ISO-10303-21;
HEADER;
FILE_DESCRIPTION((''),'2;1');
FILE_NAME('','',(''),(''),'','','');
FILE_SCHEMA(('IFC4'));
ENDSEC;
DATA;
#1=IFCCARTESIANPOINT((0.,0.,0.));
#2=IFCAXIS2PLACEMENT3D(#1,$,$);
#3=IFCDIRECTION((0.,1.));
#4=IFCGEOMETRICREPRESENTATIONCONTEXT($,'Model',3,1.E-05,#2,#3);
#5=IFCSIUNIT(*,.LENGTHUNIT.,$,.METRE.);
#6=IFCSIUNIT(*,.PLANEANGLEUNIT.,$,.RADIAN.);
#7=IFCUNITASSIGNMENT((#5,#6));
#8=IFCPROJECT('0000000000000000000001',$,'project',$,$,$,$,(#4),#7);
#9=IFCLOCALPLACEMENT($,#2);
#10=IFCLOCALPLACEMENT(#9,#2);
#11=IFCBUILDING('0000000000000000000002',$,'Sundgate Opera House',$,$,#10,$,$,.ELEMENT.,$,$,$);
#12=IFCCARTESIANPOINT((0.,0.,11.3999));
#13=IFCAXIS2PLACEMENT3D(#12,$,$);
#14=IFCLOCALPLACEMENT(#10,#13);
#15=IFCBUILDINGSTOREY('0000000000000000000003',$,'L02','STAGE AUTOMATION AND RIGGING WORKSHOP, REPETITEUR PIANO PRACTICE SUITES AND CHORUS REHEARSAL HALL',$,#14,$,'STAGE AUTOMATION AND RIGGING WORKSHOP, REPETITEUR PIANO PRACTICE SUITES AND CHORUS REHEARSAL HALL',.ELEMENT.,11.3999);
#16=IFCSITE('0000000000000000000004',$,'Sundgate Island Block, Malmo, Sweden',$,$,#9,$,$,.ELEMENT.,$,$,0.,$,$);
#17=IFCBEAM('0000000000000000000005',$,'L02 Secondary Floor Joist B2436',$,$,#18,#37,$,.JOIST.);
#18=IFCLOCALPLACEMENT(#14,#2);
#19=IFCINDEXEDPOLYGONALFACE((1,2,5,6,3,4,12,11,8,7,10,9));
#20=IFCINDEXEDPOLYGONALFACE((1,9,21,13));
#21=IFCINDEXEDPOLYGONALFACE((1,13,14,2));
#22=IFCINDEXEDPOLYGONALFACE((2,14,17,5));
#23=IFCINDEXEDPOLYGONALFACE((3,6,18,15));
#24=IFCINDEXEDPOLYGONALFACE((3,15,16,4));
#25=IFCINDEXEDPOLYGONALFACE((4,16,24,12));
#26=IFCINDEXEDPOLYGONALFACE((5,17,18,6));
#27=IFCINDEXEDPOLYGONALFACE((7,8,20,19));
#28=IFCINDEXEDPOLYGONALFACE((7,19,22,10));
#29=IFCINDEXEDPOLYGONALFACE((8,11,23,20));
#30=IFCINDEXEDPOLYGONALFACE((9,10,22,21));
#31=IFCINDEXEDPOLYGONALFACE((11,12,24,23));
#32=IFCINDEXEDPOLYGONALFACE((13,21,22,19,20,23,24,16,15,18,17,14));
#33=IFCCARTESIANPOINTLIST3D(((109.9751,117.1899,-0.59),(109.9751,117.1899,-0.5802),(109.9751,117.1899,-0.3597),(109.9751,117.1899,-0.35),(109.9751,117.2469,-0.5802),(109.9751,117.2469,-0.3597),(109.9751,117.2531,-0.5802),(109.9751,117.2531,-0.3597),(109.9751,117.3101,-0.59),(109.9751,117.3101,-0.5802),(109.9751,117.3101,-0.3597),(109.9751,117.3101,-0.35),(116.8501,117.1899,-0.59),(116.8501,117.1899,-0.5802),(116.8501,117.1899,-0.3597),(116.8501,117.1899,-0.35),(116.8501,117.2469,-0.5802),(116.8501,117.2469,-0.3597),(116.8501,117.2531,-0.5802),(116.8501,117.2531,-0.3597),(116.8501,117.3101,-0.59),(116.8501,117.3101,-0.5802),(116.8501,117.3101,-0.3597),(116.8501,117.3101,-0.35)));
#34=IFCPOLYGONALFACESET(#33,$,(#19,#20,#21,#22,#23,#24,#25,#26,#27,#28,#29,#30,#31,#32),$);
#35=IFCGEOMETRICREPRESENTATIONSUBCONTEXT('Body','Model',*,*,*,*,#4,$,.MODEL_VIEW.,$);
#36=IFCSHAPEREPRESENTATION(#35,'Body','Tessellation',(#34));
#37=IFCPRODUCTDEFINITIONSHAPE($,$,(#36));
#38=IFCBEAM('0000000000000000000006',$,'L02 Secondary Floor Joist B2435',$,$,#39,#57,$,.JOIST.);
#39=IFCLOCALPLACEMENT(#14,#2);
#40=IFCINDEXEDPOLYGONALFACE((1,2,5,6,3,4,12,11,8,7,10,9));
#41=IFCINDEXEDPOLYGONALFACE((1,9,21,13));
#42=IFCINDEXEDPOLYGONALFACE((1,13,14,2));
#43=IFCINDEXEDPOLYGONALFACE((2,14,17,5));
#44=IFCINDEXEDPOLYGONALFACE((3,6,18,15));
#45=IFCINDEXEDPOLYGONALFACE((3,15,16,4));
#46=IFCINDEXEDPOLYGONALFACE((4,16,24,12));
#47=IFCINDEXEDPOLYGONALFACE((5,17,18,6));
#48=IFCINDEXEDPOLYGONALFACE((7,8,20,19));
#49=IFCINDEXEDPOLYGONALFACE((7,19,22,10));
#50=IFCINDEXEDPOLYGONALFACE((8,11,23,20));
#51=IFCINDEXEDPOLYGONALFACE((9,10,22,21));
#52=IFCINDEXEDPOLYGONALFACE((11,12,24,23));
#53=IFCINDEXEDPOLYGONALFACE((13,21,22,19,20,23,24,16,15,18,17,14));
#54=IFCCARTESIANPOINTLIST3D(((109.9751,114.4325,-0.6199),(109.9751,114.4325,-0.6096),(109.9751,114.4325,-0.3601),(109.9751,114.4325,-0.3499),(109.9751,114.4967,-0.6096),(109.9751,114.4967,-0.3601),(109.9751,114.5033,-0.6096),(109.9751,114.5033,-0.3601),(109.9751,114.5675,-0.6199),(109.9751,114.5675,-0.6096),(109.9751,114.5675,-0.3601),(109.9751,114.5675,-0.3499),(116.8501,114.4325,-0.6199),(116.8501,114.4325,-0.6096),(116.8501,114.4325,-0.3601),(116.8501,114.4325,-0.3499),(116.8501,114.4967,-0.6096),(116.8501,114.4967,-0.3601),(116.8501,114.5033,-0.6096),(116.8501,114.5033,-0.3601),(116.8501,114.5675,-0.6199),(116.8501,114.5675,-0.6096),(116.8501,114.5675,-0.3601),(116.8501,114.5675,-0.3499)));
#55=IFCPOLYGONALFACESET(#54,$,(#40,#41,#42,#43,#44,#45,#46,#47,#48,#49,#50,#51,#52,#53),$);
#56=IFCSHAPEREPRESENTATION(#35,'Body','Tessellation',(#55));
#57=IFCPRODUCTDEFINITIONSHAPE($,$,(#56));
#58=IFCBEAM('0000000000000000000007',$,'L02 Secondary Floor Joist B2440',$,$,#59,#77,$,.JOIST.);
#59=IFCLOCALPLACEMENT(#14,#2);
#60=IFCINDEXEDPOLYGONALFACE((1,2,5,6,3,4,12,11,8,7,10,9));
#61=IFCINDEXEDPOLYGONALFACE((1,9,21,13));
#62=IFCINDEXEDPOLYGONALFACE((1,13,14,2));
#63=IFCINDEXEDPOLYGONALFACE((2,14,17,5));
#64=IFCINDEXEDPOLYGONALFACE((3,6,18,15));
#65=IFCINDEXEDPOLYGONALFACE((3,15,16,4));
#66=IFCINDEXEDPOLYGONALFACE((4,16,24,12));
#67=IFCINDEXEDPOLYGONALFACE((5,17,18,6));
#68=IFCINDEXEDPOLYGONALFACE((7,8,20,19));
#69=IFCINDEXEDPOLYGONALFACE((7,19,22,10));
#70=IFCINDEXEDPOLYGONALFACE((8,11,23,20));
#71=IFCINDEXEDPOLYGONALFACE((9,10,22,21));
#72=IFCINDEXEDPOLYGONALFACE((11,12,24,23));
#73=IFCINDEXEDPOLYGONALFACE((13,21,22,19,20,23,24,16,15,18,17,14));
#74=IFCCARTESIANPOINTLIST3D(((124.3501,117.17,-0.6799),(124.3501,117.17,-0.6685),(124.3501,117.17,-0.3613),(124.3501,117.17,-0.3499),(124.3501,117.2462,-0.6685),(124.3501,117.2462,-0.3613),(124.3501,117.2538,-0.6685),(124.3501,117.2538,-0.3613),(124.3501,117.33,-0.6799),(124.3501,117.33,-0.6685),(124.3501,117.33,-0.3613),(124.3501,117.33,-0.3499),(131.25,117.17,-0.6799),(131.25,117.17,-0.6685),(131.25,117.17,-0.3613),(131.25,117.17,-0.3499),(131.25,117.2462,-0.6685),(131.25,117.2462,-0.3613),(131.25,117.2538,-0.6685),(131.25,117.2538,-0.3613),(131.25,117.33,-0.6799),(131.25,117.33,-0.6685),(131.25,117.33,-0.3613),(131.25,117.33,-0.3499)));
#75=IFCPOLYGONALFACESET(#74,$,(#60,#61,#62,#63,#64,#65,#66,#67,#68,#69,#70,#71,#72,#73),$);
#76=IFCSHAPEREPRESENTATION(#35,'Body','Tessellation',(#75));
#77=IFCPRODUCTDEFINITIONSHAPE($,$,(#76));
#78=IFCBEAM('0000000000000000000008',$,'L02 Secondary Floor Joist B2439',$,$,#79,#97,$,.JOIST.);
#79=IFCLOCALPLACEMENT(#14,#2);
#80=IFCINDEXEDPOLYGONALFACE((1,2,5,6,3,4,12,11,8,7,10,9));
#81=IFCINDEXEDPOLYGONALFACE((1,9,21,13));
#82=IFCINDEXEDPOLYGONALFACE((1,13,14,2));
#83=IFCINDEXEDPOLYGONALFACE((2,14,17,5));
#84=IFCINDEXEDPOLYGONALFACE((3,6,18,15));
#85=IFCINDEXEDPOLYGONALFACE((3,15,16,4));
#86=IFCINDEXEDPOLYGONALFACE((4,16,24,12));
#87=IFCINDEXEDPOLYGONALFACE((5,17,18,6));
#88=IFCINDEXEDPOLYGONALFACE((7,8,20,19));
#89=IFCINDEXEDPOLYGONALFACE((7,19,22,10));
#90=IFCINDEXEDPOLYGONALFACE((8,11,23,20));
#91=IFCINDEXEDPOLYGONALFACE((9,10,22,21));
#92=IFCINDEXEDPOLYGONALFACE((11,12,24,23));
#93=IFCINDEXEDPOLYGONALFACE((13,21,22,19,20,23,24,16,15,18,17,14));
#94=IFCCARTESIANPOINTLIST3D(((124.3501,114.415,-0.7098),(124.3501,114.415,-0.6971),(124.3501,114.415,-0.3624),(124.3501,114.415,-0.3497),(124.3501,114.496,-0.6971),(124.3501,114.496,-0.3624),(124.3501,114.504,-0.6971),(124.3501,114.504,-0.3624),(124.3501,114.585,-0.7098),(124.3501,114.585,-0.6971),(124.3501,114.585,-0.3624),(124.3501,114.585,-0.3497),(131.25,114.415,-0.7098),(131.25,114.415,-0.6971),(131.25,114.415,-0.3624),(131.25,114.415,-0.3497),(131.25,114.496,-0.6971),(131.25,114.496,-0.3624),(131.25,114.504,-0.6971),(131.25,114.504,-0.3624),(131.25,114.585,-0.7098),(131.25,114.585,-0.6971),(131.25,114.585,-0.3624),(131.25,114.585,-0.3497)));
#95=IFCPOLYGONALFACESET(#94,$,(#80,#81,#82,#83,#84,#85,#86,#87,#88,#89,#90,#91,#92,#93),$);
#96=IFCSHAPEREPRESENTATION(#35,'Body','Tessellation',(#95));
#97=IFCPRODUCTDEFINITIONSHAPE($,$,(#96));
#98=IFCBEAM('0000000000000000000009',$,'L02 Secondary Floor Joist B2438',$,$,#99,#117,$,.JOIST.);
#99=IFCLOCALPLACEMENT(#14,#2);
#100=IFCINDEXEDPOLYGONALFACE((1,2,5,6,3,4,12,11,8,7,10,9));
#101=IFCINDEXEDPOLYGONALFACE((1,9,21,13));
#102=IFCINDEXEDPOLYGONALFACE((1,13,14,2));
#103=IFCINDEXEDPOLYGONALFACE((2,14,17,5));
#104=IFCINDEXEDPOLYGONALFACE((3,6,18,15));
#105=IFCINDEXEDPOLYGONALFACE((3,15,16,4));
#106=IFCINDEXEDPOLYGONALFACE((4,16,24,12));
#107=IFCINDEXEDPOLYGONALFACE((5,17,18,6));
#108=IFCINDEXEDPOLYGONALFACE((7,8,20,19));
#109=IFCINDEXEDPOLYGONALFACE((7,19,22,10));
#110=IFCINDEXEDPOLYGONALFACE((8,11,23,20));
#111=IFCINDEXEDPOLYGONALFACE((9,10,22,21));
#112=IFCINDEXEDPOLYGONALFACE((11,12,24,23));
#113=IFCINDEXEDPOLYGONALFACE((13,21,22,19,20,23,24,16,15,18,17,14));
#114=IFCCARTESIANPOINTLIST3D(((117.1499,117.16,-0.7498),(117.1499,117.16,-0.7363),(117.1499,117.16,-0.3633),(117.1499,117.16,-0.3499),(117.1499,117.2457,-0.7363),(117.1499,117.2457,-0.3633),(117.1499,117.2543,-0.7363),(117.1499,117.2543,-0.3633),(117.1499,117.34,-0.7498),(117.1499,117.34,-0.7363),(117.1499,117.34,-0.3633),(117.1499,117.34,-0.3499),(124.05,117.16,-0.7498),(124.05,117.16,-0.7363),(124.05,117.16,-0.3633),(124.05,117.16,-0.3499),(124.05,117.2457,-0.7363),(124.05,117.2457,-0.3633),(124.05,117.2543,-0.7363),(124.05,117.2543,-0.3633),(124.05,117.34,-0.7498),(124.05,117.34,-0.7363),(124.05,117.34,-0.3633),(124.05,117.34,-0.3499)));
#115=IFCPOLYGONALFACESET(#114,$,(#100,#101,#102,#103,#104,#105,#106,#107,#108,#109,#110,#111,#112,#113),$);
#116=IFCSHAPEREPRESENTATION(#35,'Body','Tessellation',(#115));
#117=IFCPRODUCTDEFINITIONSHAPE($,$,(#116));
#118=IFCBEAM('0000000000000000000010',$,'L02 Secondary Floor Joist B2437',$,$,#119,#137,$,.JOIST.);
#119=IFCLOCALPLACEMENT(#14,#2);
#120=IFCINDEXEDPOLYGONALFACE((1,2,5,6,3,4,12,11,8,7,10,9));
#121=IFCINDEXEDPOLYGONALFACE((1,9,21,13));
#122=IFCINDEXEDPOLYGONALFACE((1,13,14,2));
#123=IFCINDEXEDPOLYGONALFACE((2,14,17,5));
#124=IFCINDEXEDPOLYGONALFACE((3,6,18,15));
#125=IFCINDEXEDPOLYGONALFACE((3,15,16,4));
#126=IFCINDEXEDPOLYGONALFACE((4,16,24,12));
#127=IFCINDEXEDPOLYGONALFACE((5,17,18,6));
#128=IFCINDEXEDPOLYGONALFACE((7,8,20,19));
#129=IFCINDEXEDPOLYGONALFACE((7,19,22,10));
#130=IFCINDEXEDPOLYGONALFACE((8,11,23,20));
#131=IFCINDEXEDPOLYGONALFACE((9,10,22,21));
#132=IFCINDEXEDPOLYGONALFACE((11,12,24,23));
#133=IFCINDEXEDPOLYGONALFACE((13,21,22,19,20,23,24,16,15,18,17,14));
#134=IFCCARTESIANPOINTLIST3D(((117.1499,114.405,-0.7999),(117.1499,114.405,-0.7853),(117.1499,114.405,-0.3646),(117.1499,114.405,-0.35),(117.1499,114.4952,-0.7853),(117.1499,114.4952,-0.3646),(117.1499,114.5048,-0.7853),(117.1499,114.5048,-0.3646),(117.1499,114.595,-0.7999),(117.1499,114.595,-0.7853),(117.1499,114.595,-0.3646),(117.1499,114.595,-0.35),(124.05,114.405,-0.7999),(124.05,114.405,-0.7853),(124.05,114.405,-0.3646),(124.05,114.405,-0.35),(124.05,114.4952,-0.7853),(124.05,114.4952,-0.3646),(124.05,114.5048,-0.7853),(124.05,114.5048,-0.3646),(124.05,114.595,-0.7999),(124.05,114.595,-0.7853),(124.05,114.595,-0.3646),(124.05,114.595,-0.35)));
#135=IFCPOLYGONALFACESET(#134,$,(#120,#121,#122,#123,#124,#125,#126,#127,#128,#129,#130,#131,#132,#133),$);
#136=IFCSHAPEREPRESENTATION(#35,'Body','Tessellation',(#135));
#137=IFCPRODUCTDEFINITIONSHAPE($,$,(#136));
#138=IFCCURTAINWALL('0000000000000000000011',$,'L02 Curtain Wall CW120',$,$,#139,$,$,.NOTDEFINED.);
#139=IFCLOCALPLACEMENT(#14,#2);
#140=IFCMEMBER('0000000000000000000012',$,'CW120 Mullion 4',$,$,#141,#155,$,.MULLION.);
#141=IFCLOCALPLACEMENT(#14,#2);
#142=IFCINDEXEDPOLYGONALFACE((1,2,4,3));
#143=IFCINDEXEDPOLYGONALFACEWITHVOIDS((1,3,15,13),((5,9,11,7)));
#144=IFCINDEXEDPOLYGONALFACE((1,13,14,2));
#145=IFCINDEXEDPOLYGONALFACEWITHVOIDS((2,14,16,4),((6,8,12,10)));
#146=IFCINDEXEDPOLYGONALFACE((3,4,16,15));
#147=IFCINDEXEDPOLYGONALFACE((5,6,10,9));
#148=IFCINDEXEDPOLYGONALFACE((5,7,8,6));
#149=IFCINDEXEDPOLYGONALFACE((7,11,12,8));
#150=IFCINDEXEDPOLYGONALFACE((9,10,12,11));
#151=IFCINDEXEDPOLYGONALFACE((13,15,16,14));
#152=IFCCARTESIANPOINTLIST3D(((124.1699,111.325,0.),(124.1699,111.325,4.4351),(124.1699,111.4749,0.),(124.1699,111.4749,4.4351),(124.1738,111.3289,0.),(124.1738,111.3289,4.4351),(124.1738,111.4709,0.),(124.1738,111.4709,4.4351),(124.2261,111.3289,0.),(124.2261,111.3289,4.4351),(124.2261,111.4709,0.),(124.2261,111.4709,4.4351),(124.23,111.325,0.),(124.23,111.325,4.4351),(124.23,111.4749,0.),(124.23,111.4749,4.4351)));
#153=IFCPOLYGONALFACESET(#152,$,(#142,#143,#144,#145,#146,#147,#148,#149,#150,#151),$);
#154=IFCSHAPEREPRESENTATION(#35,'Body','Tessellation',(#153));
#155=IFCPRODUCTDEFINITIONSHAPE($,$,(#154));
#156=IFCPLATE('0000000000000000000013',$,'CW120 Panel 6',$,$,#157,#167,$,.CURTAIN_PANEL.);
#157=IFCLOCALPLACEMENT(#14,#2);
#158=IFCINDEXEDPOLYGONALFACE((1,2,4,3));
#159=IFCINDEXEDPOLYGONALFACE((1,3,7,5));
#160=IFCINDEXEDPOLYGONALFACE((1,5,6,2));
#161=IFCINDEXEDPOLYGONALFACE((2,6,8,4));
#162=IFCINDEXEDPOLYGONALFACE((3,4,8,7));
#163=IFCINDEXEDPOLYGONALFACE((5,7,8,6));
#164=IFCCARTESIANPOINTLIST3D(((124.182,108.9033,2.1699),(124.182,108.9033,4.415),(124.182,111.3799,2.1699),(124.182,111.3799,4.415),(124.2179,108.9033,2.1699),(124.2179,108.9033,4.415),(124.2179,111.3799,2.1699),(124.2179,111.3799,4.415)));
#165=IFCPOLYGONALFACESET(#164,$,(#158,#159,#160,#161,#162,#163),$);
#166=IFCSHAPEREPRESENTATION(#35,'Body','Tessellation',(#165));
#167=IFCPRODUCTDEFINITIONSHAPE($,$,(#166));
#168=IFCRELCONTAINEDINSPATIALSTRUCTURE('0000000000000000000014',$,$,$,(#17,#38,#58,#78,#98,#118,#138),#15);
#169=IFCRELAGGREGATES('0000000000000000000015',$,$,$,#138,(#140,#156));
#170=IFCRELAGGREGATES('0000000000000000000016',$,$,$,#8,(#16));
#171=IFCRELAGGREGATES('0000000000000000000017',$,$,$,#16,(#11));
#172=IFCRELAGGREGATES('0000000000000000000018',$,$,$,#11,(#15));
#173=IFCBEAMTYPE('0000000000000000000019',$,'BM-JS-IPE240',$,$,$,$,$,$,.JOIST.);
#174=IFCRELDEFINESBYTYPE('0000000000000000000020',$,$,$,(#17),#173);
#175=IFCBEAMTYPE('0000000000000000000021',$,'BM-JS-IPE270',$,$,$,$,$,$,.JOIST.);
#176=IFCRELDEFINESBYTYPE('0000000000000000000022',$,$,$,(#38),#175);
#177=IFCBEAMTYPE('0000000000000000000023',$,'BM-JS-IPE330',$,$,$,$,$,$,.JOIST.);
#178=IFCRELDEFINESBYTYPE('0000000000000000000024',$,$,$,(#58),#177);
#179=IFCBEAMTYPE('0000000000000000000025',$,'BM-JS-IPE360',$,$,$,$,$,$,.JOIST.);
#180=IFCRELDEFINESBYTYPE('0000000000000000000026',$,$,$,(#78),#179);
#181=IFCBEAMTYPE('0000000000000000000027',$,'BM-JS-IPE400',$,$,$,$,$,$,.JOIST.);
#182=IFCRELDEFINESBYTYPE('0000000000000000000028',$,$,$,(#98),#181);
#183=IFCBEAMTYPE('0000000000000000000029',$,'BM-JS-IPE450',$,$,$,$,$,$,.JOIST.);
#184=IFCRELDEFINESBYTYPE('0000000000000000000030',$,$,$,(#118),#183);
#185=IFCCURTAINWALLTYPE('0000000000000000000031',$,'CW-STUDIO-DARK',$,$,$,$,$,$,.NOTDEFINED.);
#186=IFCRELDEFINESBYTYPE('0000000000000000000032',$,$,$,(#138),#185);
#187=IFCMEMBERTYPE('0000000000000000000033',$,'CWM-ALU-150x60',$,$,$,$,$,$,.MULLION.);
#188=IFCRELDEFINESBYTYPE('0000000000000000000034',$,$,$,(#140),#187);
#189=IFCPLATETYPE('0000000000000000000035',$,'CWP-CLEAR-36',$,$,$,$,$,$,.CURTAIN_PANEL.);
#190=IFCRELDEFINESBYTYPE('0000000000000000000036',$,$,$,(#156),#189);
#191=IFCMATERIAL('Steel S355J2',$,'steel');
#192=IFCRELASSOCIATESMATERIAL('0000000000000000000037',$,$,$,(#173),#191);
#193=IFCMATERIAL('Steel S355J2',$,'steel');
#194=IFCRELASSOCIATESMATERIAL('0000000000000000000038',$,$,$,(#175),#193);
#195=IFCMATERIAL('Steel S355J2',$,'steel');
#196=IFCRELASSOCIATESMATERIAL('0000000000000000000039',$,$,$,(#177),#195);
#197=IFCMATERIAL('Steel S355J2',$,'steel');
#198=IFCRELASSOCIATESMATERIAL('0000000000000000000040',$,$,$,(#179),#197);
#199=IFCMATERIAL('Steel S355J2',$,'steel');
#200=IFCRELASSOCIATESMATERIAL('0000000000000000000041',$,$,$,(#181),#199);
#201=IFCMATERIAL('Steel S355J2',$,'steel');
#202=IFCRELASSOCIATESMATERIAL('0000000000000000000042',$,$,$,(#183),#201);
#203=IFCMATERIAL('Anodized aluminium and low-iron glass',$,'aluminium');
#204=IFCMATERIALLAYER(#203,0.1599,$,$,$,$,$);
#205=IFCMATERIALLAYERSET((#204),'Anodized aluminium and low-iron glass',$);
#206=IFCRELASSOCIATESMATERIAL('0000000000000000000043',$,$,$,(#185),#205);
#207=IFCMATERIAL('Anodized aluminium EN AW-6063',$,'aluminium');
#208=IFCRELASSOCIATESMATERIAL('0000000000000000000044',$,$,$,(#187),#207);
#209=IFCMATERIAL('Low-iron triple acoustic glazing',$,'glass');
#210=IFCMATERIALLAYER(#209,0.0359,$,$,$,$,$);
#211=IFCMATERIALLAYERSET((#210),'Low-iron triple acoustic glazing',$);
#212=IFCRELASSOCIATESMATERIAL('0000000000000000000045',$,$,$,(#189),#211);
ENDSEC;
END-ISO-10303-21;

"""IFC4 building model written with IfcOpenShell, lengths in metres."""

from ifc_helpers import new_model, si_unit, direction, frame, origin, origin_2d, place, context, subcontext, project, spatial, rectangle, hollow_rectangle, i_section, extrude, material, layer, layer_set, material_profile, profile_set, type_object, element, aggregate, save


model = new_model("IFC4")

# Units and contexts
model_context = context("Model", 3, precision=1e-05, world=origin(), true_north=direction((0.0, 1.0)))
body_context = subcontext(model_context, "Body", "Model", "MODEL_VIEW")
ifc_project = project(units=[si_unit("LENGTHUNIT", "METRE"), si_unit("PLANEANGLEUNIT", "RADIAN")], contexts=[model_context])

# Site, building, storey
site_placement = place(None, origin())
site = spatial("IfcSite", under=ifc_project, at=site_placement, Name="Sundgate Island Block, Malmo, Sweden", CompositionType="ELEMENT", RefElevation=0.0)
building_placement = place(site_placement, origin())
building = spatial("IfcBuilding", under=site, at=building_placement, Name="Sundgate Opera House", CompositionType="ELEMENT")
storey_placement = place(building_placement, frame((0.0, 0.0, 11.3999)))
storey = spatial("IfcBuildingStorey", under=building, at=storey_placement, Name="L02", Description="STAGE AUTOMATION AND RIGGING WORKSHOP, REPETITEUR PIANO PRACTICE SUITES AND CHORUS REHEARSAL HALL", LongName="STAGE AUTOMATION AND RIGGING WORKSHOP, REPETITEUR PIANO PRACTICE SUITES AND CHORUS REHEARSAL HALL", CompositionType="ELEMENT", Elevation=11.3999)

# Beams
ifc_material_1 = material(Name="Steel S355J2", Category="steel")
ifc_material_profile_1 = material_profile(ifc_material_1, i_section(OverallWidth=0.1201, OverallDepth=0.24, WebThickness=0.0061, FlangeThickness=0.0098, at=origin_2d()), Name="IPE 240")
ifc_profile_set_1 = profile_set([ifc_material_profile_1], Name="Steel S355J2")
beam_type_1 = type_object("IfcBeamType", Name="BM-JS-IPE240", PredefinedType="JOIST", material=ifc_profile_set_1)
beam_1_placement = place(storey_placement, frame((109.9751, 117.25, -0.47), z_axis=(1.0, 0.0, 0.0), x_axis=(0.0, 1.0, 0.0)))
element("IfcBeam", 1, at=beam_1_placement, inside=storey, type_object=beam_type_1, Name="L02 Secondary Floor Joist B2436", PredefinedType="JOIST", context=body_context, shape_type="SweptSolid", body=[
    extrude(i_section(OverallWidth=0.1201, OverallDepth=0.24, WebThickness=0.0061, FlangeThickness=0.0098, at=origin_2d()), origin(), (0.0, 0.0, 1.0), 6.875),
])
ifc_material_2 = material(Name="Steel S355J2", Category="steel")
ifc_material_profile_2 = material_profile(ifc_material_2, i_section(OverallWidth=0.135, OverallDepth=0.27, WebThickness=0.0066, FlangeThickness=0.0103, at=origin_2d()), Name="IPE 270")
ifc_profile_set_2 = profile_set([ifc_material_profile_2], Name="Steel S355J2")
beam_type_2 = type_object("IfcBeamType", Name="BM-JS-IPE270", PredefinedType="JOIST", material=ifc_profile_set_2)
beam_2_placement = place(storey_placement, frame((109.9751, 114.5, -0.4849), z_axis=(1.0, 0.0, 0.0), x_axis=(0.0, 1.0, 0.0)))
element("IfcBeam", 2, at=beam_2_placement, inside=storey, type_object=beam_type_2, Name="L02 Secondary Floor Joist B2435", PredefinedType="JOIST", context=body_context, shape_type="SweptSolid", body=[
    extrude(i_section(OverallWidth=0.135, OverallDepth=0.27, WebThickness=0.0066, FlangeThickness=0.0103, at=origin_2d()), origin(), (0.0, 0.0, 1.0), 6.875),
])
ifc_material_3 = material(Name="Steel S355J2", Category="steel")
ifc_material_profile_3 = material_profile(ifc_material_3, i_section(OverallWidth=0.1599, OverallDepth=0.3301, WebThickness=0.0076, FlangeThickness=0.0115, at=origin_2d()), Name="IPE 330")
ifc_profile_set_3 = profile_set([ifc_material_profile_3], Name="Steel S355J2")
beam_type_3 = type_object("IfcBeamType", Name="BM-JS-IPE330", PredefinedType="JOIST", material=ifc_profile_set_3)
beam_3_placement = place(storey_placement, frame((124.3501, 117.25, -0.5149), z_axis=(1.0, 0.0, 0.0), x_axis=(0.0, 1.0, 0.0)))
element("IfcBeam", 3, at=beam_3_placement, inside=storey, type_object=beam_type_3, Name="L02 Secondary Floor Joist B2440", PredefinedType="JOIST", context=body_context, shape_type="SweptSolid", body=[
    extrude(i_section(OverallWidth=0.1599, OverallDepth=0.3301, WebThickness=0.0076, FlangeThickness=0.0115, at=origin_2d()), origin(), (0.0, 0.0, 1.0), 6.8999),
])
ifc_material_4 = material(Name="Steel S355J2", Category="steel")
ifc_material_profile_4 = material_profile(ifc_material_4, i_section(OverallWidth=0.1699, OverallDepth=0.3601, WebThickness=0.0081, FlangeThickness=0.0127, at=origin_2d()), Name="IPE 360")
ifc_profile_set_4 = profile_set([ifc_material_profile_4], Name="Steel S355J2")
beam_type_4 = type_object("IfcBeamType", Name="BM-JS-IPE360", PredefinedType="JOIST", material=ifc_profile_set_4)
beam_4_placement = place(storey_placement, frame((124.3501, 114.5, -0.5298), z_axis=(1.0, 0.0, 0.0), x_axis=(0.0, 1.0, 0.0)))
element("IfcBeam", 4, at=beam_4_placement, inside=storey, type_object=beam_type_4, Name="L02 Secondary Floor Joist B2439", PredefinedType="JOIST", context=body_context, shape_type="SweptSolid", body=[
    extrude(i_section(OverallWidth=0.1699, OverallDepth=0.3601, WebThickness=0.0081, FlangeThickness=0.0127, at=origin_2d()), origin(), (0.0, 0.0, 1.0), 6.8999),
])
ifc_material_5 = material(Name="Steel S355J2", Category="steel")
ifc_material_profile_5 = material_profile(ifc_material_5, i_section(OverallWidth=0.1799, OverallDepth=0.3999, WebThickness=0.0085, FlangeThickness=0.0134, at=origin_2d()), Name="IPE 400")
ifc_profile_set_5 = profile_set([ifc_material_profile_5], Name="Steel S355J2")
beam_type_5 = type_object("IfcBeamType", Name="BM-JS-IPE400", PredefinedType="JOIST", material=ifc_profile_set_5)
beam_5_placement = place(storey_placement, frame((117.1499, 117.25, -0.5498), z_axis=(1.0, 0.0, 0.0), x_axis=(0.0, 1.0, 0.0)))
element("IfcBeam", 5, at=beam_5_placement, inside=storey, type_object=beam_type_5, Name="L02 Secondary Floor Joist B2438", PredefinedType="JOIST", context=body_context, shape_type="SweptSolid", body=[
    extrude(i_section(OverallWidth=0.1799, OverallDepth=0.3999, WebThickness=0.0085, FlangeThickness=0.0134, at=origin_2d()), origin(), (0.0, 0.0, 1.0), 6.9001),
])
ifc_material_6 = material(Name="Steel S355J2", Category="steel")
ifc_material_profile_6 = material_profile(ifc_material_6, i_section(OverallWidth=0.1899, OverallDepth=0.45, WebThickness=0.0095, FlangeThickness=0.0146, at=origin_2d()), Name="IPE 450")
ifc_profile_set_6 = profile_set([ifc_material_profile_6], Name="Steel S355J2")
beam_type_6 = type_object("IfcBeamType", Name="BM-JS-IPE450", PredefinedType="JOIST", material=ifc_profile_set_6)
beam_6_placement = place(storey_placement, frame((117.1499, 114.5, -0.575), z_axis=(1.0, 0.0, 0.0), x_axis=(0.0, 1.0, 0.0)))
element("IfcBeam", 6, at=beam_6_placement, inside=storey, type_object=beam_type_6, Name="L02 Secondary Floor Joist B2437", PredefinedType="JOIST", context=body_context, shape_type="SweptSolid", body=[
    extrude(i_section(OverallWidth=0.1899, OverallDepth=0.45, WebThickness=0.0095, FlangeThickness=0.0146, at=origin_2d()), origin(), (0.0, 0.0, 1.0), 6.9001),
])

# Curtain wall, member, plate
ifc_material_7 = material(Name="Anodized aluminium and low-iron glass", Category="aluminium")
ifc_layer_1 = layer(ifc_material_7, 0.1599)
ifc_layer_set_1 = layer_set([ifc_layer_1], Name="Anodized aluminium and low-iron glass")
curtain_wall_type = type_object("IfcCurtainWallType", Name="CW-STUDIO-DARK", PredefinedType="NOTDEFINED", material=ifc_layer_set_1)
curtain_wall_placement = place(storey_placement, origin())
curtain_wall = element("IfcCurtainWall", 7, at=curtain_wall_placement, inside=storey, type_object=curtain_wall_type, Name="L02 Curtain Wall CW120", PredefinedType="NOTDEFINED")
ifc_material_8 = material(Name="Anodized aluminium EN AW-6063", Category="aluminium")
ifc_material_profile_7 = material_profile(ifc_material_8, hollow_rectangle(XDim=0.0601, YDim=0.1499, WallThickness=0.0039, at=origin_2d()), Name="CWM 150x60x4")
ifc_profile_set_7 = profile_set([ifc_material_profile_7], Name="Anodized aluminium EN AW-6063")
member_type = type_object("IfcMemberType", Name="CWM-ALU-150x60", PredefinedType="MULLION", material=ifc_profile_set_7)
member_placement = place(storey_placement, frame((124.2, 111.3999, 0.0), z_axis=(0.0, 0.0, 1.0), x_axis=(1.0, 0.0, 0.0)))
member = element("IfcMember", 8, at=member_placement, type_object=member_type, Name="CW120 Mullion 4", PredefinedType="MULLION", context=body_context, shape_type="SweptSolid", body=[
    extrude(hollow_rectangle(XDim=0.0601, YDim=0.1499, WallThickness=0.0039, at=origin_2d()), origin(), (0.0, 0.0, 1.0), 4.4351),
])
ifc_material_9 = material(Name="Low-iron triple acoustic glazing", Category="glass")
ifc_layer_2 = layer(ifc_material_9, 0.0359)
ifc_layer_set_2 = layer_set([ifc_layer_2], Name="Low-iron triple acoustic glazing")
plate_type = type_object("IfcPlateType", Name="CWP-CLEAR-36", PredefinedType="CURTAIN_PANEL", material=ifc_layer_set_2)
plate_placement = place(storey_placement, frame((124.2, 110.1416, 2.1699), z_axis=(0.0, 0.0, 1.0), x_axis=(0.0, 1.0, 0.0)))
plate = element("IfcPlate", 9, at=plate_placement, type_object=plate_type, Name="CW120 Panel 6", PredefinedType="CURTAIN_PANEL", context=body_context, shape_type="SweptSolid", body=[
    extrude(rectangle(XDim=2.4766, YDim=0.0359, at=origin_2d()), origin(), (0.0, 0.0, 1.0), 2.2451),
])
aggregate(curtain_wall, [member, plate])

save(model, "model.ifc")
